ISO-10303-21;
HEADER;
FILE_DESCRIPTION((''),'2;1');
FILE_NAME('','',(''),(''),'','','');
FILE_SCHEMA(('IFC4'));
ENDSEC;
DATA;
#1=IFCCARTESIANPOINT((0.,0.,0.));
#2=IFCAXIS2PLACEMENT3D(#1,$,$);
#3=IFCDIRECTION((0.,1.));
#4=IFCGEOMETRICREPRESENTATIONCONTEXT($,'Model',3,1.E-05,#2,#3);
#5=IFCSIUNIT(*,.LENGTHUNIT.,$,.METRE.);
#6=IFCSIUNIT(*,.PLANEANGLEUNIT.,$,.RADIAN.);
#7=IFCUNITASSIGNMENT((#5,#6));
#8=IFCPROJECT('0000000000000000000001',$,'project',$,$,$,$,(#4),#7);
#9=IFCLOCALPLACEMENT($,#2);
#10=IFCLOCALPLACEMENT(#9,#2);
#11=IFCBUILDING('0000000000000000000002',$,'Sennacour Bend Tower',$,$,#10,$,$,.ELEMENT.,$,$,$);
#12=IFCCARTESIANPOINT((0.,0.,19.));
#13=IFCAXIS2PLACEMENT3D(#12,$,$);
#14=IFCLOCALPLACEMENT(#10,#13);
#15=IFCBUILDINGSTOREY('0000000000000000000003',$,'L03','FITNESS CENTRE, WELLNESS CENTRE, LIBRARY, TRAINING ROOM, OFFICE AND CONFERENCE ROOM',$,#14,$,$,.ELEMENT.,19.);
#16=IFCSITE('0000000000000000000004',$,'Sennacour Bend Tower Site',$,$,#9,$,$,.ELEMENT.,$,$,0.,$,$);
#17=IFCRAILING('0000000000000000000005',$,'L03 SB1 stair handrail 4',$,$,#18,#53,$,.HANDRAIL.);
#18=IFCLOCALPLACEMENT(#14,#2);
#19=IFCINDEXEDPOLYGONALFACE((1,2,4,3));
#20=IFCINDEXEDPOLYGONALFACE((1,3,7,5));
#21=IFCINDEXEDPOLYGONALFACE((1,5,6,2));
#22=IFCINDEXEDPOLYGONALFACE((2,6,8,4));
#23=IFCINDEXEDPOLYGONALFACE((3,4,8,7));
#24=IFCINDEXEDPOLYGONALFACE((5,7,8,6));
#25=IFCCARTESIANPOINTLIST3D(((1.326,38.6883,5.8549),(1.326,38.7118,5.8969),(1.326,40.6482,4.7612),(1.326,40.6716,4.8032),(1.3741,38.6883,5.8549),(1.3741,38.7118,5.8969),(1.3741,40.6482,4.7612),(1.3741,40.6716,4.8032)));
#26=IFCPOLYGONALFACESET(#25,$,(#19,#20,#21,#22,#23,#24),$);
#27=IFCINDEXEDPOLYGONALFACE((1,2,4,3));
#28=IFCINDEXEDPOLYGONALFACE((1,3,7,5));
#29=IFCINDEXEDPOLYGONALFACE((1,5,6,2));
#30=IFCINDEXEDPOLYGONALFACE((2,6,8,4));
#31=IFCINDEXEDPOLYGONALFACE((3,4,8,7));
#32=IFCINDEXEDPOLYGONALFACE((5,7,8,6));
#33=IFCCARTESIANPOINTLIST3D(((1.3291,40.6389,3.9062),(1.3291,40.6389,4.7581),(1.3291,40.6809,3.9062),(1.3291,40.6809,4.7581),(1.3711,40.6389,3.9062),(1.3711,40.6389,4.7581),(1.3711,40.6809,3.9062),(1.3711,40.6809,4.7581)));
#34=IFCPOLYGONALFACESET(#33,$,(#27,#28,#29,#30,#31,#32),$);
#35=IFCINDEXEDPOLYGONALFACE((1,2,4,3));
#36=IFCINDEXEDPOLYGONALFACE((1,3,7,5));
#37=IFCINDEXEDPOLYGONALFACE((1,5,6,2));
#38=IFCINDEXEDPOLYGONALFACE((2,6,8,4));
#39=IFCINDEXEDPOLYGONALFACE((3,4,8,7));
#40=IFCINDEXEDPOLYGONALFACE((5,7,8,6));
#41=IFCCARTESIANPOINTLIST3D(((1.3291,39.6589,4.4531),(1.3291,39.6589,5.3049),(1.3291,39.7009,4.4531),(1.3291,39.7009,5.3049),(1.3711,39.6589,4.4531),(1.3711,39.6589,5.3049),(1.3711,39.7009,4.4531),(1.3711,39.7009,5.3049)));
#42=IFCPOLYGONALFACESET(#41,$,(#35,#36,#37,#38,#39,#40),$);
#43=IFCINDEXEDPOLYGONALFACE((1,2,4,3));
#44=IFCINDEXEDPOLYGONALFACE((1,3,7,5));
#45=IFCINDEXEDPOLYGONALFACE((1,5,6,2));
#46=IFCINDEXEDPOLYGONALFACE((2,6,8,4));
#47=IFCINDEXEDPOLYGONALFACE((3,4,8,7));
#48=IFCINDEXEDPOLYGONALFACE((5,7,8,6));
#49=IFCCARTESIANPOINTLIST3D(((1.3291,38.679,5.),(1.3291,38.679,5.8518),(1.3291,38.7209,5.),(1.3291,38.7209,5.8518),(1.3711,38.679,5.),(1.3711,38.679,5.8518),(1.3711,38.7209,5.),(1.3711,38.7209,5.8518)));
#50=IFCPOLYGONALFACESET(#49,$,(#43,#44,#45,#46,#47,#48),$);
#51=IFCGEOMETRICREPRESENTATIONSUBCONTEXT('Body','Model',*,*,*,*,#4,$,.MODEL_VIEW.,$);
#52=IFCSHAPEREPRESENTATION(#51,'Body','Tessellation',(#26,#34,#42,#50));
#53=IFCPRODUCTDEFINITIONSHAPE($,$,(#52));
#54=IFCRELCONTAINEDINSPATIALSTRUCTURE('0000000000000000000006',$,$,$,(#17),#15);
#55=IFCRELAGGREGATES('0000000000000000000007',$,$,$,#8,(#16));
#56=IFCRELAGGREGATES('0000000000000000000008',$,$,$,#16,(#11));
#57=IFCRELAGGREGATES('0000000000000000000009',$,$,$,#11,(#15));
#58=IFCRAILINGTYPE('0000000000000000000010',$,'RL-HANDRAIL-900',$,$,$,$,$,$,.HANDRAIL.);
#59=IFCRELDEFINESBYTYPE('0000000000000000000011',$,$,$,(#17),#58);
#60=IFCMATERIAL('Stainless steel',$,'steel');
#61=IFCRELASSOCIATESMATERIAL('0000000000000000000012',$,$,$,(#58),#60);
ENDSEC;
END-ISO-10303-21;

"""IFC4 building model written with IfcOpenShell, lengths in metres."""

from ifc_helpers import new_model, si_unit, direction, frame, origin, origin_2d, place, context, subcontext, project, spatial, rectangle, extrude, material, type_object, element, save


model = new_model("IFC4")

# Units and contexts
model_context = context("Model", 3, precision=1e-05, world=origin(), true_north=direction((0.0, 1.0)))
body_context = subcontext(model_context, "Body", "Model", "MODEL_VIEW")
ifc_project = project(units=[si_unit("LENGTHUNIT", "METRE"), si_unit("PLANEANGLEUNIT", "RADIAN")], contexts=[model_context])

# Site, building, storey
site_placement = place(None, origin())
site = spatial("IfcSite", under=ifc_project, at=site_placement, Name="Sennacour Bend Tower Site", CompositionType="ELEMENT", RefElevation=0.0)
building_placement = place(site_placement, origin())
building = spatial("IfcBuilding", under=site, at=building_placement, Name="Sennacour Bend Tower", CompositionType="ELEMENT")
storey_placement = place(building_placement, frame((0.0, 0.0, 19.0)))
storey = spatial("IfcBuildingStorey", under=building, at=storey_placement, Name="L03", Description="FITNESS CENTRE, WELLNESS CENTRE, LIBRARY, TRAINING ROOM, OFFICE AND CONFERENCE ROOM", CompositionType="ELEMENT", Elevation=19.0)

# Railing
ifc_material_1 = material(Name="Stainless steel", Category="steel")
railing_type_1 = type_object("IfcRailingType", Name="RL-HANDRAIL-900", PredefinedType="HANDRAIL", material=ifc_material_1)
for number, where, name in (
    (1, (1.3501, 40.6599, 3.9062), "L03 SB1 stair handrail 4"),
):
    element("IfcRailing", number, at=place(storey_placement, frame(where)), inside=storey, type_object=railing_type_1, Name=name, PredefinedType="HANDRAIL", context=body_context, shape_type="SweptSolid", body=[
        extrude(rectangle(XDim=0.0481, YDim=0.0481, at=origin_2d()), frame((0.0, 0.0, 0.876), z_axis=(0.0, -0.873232, 0.487304), x_axis=(1.0, 0.0, 0.0)), (0.0, 0.0, 1.0), 2.2444),
        extrude(rectangle(XDim=0.042, YDim=0.042, at=origin_2d()), origin(), (0.0, 0.0, 1.0), 0.8518),
        extrude(rectangle(XDim=0.042, YDim=0.042, at=origin_2d()), frame((0.0, -0.98, 0.5469)), (0.0, 0.0, 1.0), 0.8518),
        extrude(rectangle(XDim=0.042, YDim=0.042, at=origin_2d()), frame((0.0, -1.96, 1.0938)), (0.0, 0.0, 1.0), 0.8518),
    ])

save(model, "model.ifc")
